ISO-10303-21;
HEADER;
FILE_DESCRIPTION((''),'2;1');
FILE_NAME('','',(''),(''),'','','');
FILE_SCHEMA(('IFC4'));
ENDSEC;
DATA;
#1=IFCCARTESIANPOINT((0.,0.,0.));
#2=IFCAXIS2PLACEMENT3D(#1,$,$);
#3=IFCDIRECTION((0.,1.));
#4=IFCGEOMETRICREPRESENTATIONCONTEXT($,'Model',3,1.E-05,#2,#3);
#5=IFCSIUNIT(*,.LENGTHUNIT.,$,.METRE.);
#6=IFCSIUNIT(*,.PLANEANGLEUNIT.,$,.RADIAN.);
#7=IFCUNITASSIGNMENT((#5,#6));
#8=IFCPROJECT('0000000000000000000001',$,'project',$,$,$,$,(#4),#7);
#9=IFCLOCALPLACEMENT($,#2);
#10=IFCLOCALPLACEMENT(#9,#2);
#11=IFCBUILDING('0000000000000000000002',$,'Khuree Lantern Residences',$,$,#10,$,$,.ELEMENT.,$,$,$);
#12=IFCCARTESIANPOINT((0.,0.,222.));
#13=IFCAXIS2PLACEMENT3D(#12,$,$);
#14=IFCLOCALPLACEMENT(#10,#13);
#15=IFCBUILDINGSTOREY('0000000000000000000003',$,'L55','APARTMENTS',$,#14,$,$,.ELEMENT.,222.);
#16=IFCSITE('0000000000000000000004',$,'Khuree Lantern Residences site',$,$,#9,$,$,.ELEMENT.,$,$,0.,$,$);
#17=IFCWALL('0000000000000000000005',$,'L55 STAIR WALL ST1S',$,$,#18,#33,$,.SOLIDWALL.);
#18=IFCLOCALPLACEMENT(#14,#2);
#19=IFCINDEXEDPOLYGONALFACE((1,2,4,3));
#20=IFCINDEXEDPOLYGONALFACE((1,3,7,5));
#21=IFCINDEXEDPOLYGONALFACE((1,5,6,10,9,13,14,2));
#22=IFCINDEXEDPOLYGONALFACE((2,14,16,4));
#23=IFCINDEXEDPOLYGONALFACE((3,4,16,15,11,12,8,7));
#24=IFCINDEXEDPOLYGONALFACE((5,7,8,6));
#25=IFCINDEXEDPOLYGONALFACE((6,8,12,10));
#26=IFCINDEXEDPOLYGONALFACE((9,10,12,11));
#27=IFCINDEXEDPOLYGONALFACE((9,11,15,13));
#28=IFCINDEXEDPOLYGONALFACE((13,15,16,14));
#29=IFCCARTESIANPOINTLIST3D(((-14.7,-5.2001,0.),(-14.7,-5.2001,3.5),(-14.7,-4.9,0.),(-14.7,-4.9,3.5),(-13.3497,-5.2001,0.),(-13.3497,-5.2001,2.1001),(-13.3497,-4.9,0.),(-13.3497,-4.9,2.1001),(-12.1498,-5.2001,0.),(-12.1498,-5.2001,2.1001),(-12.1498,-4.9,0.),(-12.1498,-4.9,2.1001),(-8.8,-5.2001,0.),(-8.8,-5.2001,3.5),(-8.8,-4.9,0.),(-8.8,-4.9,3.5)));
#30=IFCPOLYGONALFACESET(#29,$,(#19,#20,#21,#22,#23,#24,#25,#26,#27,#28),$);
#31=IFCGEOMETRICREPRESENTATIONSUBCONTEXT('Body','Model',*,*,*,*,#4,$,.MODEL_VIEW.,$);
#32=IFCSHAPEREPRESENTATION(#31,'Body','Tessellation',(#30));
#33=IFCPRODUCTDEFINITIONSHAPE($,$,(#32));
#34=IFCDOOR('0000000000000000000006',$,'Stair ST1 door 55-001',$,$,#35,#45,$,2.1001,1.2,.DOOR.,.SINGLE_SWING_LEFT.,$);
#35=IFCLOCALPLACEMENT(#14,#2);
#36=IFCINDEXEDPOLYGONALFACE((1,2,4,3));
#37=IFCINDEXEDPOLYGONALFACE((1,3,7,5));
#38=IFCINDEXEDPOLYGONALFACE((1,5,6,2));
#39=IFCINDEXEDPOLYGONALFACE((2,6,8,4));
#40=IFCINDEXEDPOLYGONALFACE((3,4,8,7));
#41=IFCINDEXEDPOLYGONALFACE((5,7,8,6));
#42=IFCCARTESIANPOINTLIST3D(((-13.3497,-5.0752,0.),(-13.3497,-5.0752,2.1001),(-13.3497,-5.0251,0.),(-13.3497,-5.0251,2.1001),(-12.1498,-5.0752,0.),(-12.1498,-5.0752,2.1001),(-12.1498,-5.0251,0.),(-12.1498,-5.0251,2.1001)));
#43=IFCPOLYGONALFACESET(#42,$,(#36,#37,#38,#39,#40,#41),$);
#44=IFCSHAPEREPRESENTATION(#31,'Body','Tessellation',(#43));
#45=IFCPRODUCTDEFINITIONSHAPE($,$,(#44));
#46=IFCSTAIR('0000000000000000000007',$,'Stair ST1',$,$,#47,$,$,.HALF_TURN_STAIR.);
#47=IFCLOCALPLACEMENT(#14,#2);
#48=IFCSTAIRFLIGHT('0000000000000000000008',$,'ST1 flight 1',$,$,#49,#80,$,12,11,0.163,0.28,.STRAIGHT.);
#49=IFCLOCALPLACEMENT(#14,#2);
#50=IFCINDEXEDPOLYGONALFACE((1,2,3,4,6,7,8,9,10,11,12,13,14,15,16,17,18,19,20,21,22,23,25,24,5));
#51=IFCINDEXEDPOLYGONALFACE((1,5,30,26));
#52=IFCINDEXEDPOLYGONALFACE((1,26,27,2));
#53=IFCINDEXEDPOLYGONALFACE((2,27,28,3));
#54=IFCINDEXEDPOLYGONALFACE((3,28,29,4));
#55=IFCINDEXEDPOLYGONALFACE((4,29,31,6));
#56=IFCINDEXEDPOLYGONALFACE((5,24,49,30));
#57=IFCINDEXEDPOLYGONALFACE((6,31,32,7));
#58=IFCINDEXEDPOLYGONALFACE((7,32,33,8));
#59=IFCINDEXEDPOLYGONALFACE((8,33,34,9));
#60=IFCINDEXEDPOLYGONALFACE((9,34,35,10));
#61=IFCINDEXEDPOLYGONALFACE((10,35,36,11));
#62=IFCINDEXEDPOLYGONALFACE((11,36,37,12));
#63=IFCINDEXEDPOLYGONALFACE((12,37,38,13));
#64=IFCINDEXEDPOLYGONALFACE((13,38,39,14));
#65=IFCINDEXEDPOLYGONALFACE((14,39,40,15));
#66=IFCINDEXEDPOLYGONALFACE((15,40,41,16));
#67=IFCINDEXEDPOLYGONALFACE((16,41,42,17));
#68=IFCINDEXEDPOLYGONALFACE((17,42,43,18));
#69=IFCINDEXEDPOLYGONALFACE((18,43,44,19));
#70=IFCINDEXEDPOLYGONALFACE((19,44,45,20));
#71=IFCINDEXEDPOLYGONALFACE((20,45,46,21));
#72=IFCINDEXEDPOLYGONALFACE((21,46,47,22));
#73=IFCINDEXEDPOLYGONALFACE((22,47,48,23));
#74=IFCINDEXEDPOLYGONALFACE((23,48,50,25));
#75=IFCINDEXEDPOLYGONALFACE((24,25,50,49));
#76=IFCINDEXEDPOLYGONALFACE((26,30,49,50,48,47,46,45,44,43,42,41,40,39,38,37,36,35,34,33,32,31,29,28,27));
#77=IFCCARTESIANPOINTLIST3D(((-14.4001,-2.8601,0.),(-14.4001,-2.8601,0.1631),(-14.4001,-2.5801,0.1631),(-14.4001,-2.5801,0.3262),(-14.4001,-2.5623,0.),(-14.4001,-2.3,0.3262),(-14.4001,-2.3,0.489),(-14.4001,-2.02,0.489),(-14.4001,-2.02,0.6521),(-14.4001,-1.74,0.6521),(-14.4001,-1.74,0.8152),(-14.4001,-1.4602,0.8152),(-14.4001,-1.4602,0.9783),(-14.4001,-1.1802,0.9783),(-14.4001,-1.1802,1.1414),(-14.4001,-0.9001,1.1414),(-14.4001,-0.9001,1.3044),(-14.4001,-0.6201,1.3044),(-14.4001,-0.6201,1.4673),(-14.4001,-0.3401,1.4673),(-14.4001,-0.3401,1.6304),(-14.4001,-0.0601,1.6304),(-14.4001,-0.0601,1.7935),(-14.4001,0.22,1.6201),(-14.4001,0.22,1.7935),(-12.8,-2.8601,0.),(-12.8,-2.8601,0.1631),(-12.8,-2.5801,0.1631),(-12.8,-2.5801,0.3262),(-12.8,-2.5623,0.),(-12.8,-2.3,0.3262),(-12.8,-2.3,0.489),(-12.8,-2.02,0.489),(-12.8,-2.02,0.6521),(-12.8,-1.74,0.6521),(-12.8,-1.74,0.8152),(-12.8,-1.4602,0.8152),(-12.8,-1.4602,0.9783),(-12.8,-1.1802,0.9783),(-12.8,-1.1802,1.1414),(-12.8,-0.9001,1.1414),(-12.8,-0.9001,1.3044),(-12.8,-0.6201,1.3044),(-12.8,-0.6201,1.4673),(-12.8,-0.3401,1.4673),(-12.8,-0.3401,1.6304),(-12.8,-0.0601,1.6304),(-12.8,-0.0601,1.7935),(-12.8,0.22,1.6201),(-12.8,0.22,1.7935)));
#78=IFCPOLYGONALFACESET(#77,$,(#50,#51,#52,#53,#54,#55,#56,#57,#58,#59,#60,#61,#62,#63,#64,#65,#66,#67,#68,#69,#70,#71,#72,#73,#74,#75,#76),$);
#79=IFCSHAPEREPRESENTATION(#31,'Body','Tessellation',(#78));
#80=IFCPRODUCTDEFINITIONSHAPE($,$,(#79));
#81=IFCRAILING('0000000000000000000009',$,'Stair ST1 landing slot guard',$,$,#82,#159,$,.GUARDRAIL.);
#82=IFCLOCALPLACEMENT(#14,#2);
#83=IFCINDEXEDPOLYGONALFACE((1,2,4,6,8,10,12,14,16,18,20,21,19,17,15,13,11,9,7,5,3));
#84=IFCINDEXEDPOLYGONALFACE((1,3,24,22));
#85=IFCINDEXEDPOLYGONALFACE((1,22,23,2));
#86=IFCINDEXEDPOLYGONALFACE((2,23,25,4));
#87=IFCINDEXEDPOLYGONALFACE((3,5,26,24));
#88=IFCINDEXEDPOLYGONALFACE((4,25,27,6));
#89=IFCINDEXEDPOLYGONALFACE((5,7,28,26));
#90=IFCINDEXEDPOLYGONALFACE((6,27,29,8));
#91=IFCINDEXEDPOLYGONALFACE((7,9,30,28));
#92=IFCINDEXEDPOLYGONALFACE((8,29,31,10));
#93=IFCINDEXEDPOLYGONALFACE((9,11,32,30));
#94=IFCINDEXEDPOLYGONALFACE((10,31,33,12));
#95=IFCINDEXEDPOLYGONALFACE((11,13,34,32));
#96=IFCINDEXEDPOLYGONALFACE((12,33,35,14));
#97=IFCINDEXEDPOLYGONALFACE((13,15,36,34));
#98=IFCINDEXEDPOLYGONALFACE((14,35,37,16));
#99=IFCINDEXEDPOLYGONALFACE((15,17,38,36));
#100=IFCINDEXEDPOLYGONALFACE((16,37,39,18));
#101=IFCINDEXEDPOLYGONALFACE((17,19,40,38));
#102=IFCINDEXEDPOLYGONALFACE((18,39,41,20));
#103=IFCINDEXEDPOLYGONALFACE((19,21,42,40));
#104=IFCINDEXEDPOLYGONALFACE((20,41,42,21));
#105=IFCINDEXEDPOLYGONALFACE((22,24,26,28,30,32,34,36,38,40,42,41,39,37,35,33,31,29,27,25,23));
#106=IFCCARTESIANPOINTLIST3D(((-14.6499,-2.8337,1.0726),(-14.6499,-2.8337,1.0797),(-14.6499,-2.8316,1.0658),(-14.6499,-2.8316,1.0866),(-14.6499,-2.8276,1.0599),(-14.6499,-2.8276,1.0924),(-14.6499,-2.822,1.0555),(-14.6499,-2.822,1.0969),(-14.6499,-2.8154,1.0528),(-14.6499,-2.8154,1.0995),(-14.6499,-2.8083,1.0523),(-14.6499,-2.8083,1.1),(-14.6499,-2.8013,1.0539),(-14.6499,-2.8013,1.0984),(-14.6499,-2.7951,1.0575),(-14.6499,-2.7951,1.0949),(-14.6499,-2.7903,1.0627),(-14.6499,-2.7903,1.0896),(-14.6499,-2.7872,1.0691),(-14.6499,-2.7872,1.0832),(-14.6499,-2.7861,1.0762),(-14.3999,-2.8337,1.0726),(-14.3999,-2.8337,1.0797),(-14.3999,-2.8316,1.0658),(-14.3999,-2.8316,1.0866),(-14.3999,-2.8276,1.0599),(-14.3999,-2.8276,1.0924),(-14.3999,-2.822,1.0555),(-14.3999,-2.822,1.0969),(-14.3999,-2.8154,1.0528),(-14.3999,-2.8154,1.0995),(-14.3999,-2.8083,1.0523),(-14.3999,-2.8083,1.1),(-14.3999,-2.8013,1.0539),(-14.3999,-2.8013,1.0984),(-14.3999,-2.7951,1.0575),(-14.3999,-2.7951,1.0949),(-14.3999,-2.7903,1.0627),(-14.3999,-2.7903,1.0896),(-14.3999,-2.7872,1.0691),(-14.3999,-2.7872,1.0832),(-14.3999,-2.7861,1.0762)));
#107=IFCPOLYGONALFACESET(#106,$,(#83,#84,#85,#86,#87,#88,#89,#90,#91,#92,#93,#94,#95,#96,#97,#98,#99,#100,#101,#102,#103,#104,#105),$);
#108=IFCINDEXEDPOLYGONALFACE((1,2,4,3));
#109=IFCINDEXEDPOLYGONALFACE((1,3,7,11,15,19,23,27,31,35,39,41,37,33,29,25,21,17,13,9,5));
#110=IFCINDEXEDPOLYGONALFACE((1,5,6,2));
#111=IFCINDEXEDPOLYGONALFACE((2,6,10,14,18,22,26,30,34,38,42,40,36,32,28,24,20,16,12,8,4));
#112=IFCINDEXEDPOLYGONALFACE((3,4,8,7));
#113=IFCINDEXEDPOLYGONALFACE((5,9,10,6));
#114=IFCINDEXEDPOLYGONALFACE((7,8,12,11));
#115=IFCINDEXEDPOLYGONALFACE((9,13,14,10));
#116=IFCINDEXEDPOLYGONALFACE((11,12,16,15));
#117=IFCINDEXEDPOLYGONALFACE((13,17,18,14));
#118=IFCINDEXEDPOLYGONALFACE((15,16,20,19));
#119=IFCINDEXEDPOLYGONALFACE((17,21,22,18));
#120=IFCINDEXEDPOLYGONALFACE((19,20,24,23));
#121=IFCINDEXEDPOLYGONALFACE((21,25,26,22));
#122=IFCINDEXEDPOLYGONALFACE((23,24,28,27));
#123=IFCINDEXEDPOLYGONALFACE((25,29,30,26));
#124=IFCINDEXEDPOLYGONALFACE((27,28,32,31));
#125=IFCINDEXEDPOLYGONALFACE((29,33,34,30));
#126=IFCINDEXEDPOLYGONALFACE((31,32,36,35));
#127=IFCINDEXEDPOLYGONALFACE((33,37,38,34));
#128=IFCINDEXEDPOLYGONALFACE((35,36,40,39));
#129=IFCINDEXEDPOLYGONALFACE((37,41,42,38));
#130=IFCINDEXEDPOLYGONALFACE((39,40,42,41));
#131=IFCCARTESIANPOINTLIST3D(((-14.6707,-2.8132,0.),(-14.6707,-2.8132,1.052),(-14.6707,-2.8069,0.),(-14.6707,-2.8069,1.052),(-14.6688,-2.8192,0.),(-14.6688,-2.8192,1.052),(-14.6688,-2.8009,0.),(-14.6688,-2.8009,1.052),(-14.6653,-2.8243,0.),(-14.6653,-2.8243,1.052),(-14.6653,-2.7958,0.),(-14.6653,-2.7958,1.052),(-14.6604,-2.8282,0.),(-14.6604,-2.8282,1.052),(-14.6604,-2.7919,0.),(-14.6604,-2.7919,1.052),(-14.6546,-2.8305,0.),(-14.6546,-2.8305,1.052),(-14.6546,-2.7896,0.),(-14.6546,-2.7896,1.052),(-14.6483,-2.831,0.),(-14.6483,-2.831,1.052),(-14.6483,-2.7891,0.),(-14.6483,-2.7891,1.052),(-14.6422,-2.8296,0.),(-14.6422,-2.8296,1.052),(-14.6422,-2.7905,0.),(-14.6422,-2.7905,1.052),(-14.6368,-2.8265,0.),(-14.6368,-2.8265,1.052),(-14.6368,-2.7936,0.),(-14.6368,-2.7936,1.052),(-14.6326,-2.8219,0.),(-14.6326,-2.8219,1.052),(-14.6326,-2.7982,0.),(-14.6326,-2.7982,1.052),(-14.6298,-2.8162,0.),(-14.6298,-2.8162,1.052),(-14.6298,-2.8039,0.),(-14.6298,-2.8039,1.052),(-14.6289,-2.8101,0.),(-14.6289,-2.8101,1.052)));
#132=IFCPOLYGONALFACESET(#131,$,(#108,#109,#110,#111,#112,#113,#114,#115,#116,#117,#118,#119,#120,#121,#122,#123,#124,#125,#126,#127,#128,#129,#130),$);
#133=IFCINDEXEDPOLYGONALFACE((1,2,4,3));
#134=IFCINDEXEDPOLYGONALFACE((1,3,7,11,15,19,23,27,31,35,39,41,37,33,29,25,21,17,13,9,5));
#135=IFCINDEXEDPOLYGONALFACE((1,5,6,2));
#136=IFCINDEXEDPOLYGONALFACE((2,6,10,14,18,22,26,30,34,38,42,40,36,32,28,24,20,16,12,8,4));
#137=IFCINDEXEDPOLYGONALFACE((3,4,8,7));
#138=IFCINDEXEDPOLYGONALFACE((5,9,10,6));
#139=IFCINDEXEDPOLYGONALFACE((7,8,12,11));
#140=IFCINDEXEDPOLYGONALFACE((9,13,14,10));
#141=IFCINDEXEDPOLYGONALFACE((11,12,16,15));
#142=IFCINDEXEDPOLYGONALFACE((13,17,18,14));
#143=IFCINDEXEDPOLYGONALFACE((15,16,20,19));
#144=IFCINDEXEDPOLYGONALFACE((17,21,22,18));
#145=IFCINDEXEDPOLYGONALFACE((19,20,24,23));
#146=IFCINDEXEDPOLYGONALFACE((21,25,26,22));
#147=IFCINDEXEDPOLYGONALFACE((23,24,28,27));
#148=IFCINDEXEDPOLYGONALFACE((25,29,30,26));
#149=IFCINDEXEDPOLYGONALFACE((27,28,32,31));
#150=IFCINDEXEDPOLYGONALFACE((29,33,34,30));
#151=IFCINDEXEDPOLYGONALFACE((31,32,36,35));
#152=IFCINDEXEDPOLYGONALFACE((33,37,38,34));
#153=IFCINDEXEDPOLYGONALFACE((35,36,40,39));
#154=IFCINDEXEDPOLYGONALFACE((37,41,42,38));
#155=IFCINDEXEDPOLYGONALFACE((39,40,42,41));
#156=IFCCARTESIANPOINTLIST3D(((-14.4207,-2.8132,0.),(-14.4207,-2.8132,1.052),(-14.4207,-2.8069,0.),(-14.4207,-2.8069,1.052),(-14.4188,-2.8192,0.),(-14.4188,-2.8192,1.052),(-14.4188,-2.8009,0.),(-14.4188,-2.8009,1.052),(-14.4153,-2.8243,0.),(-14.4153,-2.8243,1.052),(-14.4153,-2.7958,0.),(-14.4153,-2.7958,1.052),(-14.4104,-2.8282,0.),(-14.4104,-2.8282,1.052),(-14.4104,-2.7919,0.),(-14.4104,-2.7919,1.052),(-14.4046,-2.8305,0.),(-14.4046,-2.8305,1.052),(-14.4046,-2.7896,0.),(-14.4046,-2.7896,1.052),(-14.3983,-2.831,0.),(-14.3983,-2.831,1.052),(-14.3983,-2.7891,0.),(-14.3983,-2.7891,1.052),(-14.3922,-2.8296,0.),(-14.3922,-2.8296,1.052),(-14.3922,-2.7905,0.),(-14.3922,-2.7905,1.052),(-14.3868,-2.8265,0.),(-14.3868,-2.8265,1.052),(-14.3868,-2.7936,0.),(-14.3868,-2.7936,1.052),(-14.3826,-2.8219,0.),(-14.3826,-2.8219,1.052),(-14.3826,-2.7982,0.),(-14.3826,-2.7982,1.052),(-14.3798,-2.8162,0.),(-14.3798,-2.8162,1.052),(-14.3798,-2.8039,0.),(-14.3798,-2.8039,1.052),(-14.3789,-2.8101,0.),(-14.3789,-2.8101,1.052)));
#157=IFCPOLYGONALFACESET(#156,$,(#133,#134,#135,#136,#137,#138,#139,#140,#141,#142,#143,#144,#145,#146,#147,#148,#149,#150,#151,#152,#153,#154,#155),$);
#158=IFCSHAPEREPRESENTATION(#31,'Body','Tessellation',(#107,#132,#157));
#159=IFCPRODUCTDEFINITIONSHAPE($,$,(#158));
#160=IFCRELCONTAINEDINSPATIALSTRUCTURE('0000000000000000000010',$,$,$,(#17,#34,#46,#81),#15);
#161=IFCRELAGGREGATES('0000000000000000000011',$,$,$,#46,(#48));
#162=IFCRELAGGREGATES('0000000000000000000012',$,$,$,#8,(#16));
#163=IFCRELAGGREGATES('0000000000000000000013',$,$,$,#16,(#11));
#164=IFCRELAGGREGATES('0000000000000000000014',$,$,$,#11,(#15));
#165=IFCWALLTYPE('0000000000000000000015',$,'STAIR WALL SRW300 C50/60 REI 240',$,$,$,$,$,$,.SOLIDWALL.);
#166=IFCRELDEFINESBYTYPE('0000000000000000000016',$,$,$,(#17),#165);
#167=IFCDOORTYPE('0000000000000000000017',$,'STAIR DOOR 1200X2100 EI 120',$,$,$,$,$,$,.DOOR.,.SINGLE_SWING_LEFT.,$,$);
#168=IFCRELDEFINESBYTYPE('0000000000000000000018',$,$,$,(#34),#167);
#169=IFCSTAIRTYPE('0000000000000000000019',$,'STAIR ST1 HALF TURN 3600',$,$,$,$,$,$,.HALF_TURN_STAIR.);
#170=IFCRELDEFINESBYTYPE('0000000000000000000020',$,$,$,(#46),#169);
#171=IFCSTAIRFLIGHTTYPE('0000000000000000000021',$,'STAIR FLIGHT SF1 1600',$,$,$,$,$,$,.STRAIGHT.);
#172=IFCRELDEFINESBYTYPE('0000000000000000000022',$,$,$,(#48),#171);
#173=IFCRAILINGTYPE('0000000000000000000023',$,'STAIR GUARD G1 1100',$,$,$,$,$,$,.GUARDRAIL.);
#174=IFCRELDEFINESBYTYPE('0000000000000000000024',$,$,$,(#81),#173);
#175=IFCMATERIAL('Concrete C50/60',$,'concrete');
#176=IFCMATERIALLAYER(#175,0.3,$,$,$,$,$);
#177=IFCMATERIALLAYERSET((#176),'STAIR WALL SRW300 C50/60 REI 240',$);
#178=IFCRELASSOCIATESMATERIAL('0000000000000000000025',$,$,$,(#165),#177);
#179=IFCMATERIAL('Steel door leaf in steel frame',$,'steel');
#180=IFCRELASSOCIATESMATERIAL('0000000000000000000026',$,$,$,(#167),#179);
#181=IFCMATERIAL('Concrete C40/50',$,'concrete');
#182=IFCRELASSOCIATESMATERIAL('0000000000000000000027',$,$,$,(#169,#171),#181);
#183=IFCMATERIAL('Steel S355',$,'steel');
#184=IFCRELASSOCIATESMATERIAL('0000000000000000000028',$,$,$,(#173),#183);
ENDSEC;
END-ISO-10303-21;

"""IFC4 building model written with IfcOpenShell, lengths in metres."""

from ifc_helpers import new_model, si_unit, direction, frame, frame_2d, origin, origin_2d, place, context, subcontext, project, spatial, polyline, rectangle, circle, outline, extrude, material, layer, layer_set, type_object, element, fill, aggregate, save


model = new_model("IFC4")

# Units and contexts
model_context = context("Model", 3, precision=1e-05, world=origin(), true_north=direction((0.0, 1.0)))
body_context = subcontext(model_context, "Body", "Model", "MODEL_VIEW")
ifc_project = project(units=[si_unit("LENGTHUNIT", "METRE"), si_unit("PLANEANGLEUNIT", "RADIAN")], contexts=[model_context])

# Site, building, storey
site_placement = place(None, origin())
site = spatial("IfcSite", under=ifc_project, at=site_placement, Name="Khuree Lantern Residences site", CompositionType="ELEMENT", RefElevation=0.0)
building_placement = place(site_placement, origin())
building = spatial("IfcBuilding", under=site, at=building_placement, Name="Khuree Lantern Residences", CompositionType="ELEMENT")
storey_placement = place(building_placement, frame((0.0, 0.0, 222.0)))
storey = spatial("IfcBuildingStorey", under=building, at=storey_placement, Name="L55", Description="APARTMENTS", CompositionType="ELEMENT", Elevation=222.0)

# Shared definitions
ifc_material_1 = material(Name="Steel door leaf in steel frame", Category="steel")

# Shared definitions
ifc_material_2 = material(Name="Concrete C50/60", Category="concrete")
ifc_layer_1 = layer(ifc_material_2, 0.3)
ifc_layer_set_1 = layer_set([ifc_layer_1], Name="STAIR WALL SRW300 C50/60 REI 240")
wall_type_1 = type_object("IfcWallType", Name="STAIR WALL SRW300 C50/60 REI 240", PredefinedType="SOLIDWALL", material=ifc_layer_set_1)

# Wall, opening, door
wall_1_placement = place(storey_placement, frame((-14.7, -5.05, 0.0), z_axis=(0.0, 0.0, 1.0), x_axis=(1.0, 0.0, 0.0)))
wall_1 = element("IfcWall", 1, at=wall_1_placement, inside=storey, type_object=wall_type_1, Name="L55 STAIR WALL ST1S", PredefinedType="SOLIDWALL", context=body_context, shape_type="SweptSolid", body=[
    extrude(rectangle(XDim=5.8999, YDim=0.3, at=frame_2d((2.95, 0.0))), origin(), (0.0, 0.0, 1.0), 3.5),
])
opening_1_placement = place(wall_1_placement, frame((1.3501, 0.0, 0.0)))
opening_1 = element("IfcOpeningElement", 2, at=opening_1_placement, cuts=wall_1, PredefinedType="OPENING", context=body_context, shape_type="SweptSolid", body=[
    extrude(rectangle(XDim=1.2, YDim=2.1001, at=frame_2d((0.6001, 1.05))), frame((0.0, 0.1602, 0.0), z_axis=(0.0, -1.0, 0.0), x_axis=(1.0, 0.0, 0.0)), (0.0, 0.0, 1.0), 0.3201),
])
door_type_1 = type_object("IfcDoorType", Name="STAIR DOOR 1200X2100 EI 120", OperationType="SINGLE_SWING_LEFT", PredefinedType="DOOR", material=ifc_material_1)
door_1_placement = place(opening_1_placement, origin())
door_1 = element("IfcDoor", 3, at=door_1_placement, inside=storey, type_object=door_type_1, Name="Stair ST1 door 55-001", OperationType="SINGLE_SWING_LEFT", OverallHeight=2.1001, OverallWidth=1.2, PredefinedType="DOOR", context=body_context, shape_type="SweptSolid", body=[
    extrude(rectangle(XDim=1.2, YDim=2.1001, at=frame_2d((0.6001, 1.05))), frame((0.0, 0.0249, 0.0), z_axis=(0.0, -1.0, 0.0), x_axis=(1.0, 0.0, 0.0)), (0.0, 0.0, 1.0), 0.05),
])
fill(opening_1, door_1)

# Stair, stair flight
ifc_material_3 = material(Name="Concrete C40/50", Category="concrete")
stair_type = type_object("IfcStairType", Name="STAIR ST1 HALF TURN 3600", PredefinedType="HALF_TURN_STAIR", material=ifc_material_3)
stair_placement = place(storey_placement, origin())
stair = element("IfcStair", 4, at=stair_placement, inside=storey, type_object=stair_type, Name="Stair ST1", PredefinedType="HALF_TURN_STAIR")
stair_flight_type = type_object("IfcStairFlightType", Name="STAIR FLIGHT SF1 1600", PredefinedType="STRAIGHT", material=ifc_material_3)
stair_flight_placement = place(storey_placement, frame((-13.6001, -2.8601, 0.0), z_axis=(0.0, 0.0, 1.0), x_axis=(0.0, 1.0, 0.0)))
stair_flight = element("IfcStairFlight", 5, at=stair_flight_placement, type_object=stair_flight_type, Name="ST1 flight 1", NumberOfRisers=12, NumberOfTreads=11, PredefinedType="STRAIGHT", RiserHeight=0.163, TreadLength=0.28, context=body_context, shape_type="SweptSolid", body=[
    extrude(outline(polyline([(0.0, 0.0), (0.0, 0.1631), (0.28, 0.1631), (0.28, 0.3262), (0.5601, 0.3262), (0.5601, 0.489), (0.8401, 0.489), (0.8401, 0.6521), (1.1201, 0.6521), (1.1201, 0.8152), (1.3999, 0.8152), (1.3999, 0.9783), (1.6799, 0.9783), (1.6799, 1.1414), (1.96, 1.1414), (1.96, 1.3044), (2.24, 1.3044), (2.24, 1.4673), (2.52, 1.4673), (2.52, 1.6304), (2.8, 1.6304), (2.8, 1.7935), (3.0801, 1.7935), (3.0801, 1.9565), (3.0801, 1.6201), (0.2979, 0.0), (0.0, 0.0)])), frame((0.0, 0.8, 0.0), z_axis=(0.0, -1.0, 0.0), x_axis=(1.0, 0.0, 0.0)), (0.0, 0.0, 1.0), 1.6001),
])
aggregate(stair, [stair_flight])

# Railing
ifc_material_4 = material(Name="Steel S355", Category="steel")
railing_type_1 = type_object("IfcRailingType", Name="STAIR GUARD G1 1100", PredefinedType="GUARDRAIL", material=ifc_material_4)
railing_1_placement = place(storey_placement, frame((-14.6499, -2.8101, 0.0)))
element("IfcRailing", 6, at=railing_1_placement, inside=storey, type_object=railing_type_1, Name="Stair ST1 landing slot guard", PredefinedType="GUARDRAIL", context=body_context, shape_type="SweptSolid", body=[
    extrude(circle(Radius=0.0239, at=origin_2d()), frame((0.0, 0.0, 1.0762), z_axis=(1.0, 0.0, 0.0), x_axis=(0.0, 1.0, 0.0)), (0.0, 0.0, 1.0), 0.25),
    extrude(circle(Radius=0.021, at=origin_2d()), origin(), (0.0, 0.0, 1.0), 1.052),
    extrude(circle(Radius=0.021, at=origin_2d()), frame((0.25, 0.0, 0.0)), (0.0, 0.0, 1.0), 1.052),
])

save(model, "model.ifc")
